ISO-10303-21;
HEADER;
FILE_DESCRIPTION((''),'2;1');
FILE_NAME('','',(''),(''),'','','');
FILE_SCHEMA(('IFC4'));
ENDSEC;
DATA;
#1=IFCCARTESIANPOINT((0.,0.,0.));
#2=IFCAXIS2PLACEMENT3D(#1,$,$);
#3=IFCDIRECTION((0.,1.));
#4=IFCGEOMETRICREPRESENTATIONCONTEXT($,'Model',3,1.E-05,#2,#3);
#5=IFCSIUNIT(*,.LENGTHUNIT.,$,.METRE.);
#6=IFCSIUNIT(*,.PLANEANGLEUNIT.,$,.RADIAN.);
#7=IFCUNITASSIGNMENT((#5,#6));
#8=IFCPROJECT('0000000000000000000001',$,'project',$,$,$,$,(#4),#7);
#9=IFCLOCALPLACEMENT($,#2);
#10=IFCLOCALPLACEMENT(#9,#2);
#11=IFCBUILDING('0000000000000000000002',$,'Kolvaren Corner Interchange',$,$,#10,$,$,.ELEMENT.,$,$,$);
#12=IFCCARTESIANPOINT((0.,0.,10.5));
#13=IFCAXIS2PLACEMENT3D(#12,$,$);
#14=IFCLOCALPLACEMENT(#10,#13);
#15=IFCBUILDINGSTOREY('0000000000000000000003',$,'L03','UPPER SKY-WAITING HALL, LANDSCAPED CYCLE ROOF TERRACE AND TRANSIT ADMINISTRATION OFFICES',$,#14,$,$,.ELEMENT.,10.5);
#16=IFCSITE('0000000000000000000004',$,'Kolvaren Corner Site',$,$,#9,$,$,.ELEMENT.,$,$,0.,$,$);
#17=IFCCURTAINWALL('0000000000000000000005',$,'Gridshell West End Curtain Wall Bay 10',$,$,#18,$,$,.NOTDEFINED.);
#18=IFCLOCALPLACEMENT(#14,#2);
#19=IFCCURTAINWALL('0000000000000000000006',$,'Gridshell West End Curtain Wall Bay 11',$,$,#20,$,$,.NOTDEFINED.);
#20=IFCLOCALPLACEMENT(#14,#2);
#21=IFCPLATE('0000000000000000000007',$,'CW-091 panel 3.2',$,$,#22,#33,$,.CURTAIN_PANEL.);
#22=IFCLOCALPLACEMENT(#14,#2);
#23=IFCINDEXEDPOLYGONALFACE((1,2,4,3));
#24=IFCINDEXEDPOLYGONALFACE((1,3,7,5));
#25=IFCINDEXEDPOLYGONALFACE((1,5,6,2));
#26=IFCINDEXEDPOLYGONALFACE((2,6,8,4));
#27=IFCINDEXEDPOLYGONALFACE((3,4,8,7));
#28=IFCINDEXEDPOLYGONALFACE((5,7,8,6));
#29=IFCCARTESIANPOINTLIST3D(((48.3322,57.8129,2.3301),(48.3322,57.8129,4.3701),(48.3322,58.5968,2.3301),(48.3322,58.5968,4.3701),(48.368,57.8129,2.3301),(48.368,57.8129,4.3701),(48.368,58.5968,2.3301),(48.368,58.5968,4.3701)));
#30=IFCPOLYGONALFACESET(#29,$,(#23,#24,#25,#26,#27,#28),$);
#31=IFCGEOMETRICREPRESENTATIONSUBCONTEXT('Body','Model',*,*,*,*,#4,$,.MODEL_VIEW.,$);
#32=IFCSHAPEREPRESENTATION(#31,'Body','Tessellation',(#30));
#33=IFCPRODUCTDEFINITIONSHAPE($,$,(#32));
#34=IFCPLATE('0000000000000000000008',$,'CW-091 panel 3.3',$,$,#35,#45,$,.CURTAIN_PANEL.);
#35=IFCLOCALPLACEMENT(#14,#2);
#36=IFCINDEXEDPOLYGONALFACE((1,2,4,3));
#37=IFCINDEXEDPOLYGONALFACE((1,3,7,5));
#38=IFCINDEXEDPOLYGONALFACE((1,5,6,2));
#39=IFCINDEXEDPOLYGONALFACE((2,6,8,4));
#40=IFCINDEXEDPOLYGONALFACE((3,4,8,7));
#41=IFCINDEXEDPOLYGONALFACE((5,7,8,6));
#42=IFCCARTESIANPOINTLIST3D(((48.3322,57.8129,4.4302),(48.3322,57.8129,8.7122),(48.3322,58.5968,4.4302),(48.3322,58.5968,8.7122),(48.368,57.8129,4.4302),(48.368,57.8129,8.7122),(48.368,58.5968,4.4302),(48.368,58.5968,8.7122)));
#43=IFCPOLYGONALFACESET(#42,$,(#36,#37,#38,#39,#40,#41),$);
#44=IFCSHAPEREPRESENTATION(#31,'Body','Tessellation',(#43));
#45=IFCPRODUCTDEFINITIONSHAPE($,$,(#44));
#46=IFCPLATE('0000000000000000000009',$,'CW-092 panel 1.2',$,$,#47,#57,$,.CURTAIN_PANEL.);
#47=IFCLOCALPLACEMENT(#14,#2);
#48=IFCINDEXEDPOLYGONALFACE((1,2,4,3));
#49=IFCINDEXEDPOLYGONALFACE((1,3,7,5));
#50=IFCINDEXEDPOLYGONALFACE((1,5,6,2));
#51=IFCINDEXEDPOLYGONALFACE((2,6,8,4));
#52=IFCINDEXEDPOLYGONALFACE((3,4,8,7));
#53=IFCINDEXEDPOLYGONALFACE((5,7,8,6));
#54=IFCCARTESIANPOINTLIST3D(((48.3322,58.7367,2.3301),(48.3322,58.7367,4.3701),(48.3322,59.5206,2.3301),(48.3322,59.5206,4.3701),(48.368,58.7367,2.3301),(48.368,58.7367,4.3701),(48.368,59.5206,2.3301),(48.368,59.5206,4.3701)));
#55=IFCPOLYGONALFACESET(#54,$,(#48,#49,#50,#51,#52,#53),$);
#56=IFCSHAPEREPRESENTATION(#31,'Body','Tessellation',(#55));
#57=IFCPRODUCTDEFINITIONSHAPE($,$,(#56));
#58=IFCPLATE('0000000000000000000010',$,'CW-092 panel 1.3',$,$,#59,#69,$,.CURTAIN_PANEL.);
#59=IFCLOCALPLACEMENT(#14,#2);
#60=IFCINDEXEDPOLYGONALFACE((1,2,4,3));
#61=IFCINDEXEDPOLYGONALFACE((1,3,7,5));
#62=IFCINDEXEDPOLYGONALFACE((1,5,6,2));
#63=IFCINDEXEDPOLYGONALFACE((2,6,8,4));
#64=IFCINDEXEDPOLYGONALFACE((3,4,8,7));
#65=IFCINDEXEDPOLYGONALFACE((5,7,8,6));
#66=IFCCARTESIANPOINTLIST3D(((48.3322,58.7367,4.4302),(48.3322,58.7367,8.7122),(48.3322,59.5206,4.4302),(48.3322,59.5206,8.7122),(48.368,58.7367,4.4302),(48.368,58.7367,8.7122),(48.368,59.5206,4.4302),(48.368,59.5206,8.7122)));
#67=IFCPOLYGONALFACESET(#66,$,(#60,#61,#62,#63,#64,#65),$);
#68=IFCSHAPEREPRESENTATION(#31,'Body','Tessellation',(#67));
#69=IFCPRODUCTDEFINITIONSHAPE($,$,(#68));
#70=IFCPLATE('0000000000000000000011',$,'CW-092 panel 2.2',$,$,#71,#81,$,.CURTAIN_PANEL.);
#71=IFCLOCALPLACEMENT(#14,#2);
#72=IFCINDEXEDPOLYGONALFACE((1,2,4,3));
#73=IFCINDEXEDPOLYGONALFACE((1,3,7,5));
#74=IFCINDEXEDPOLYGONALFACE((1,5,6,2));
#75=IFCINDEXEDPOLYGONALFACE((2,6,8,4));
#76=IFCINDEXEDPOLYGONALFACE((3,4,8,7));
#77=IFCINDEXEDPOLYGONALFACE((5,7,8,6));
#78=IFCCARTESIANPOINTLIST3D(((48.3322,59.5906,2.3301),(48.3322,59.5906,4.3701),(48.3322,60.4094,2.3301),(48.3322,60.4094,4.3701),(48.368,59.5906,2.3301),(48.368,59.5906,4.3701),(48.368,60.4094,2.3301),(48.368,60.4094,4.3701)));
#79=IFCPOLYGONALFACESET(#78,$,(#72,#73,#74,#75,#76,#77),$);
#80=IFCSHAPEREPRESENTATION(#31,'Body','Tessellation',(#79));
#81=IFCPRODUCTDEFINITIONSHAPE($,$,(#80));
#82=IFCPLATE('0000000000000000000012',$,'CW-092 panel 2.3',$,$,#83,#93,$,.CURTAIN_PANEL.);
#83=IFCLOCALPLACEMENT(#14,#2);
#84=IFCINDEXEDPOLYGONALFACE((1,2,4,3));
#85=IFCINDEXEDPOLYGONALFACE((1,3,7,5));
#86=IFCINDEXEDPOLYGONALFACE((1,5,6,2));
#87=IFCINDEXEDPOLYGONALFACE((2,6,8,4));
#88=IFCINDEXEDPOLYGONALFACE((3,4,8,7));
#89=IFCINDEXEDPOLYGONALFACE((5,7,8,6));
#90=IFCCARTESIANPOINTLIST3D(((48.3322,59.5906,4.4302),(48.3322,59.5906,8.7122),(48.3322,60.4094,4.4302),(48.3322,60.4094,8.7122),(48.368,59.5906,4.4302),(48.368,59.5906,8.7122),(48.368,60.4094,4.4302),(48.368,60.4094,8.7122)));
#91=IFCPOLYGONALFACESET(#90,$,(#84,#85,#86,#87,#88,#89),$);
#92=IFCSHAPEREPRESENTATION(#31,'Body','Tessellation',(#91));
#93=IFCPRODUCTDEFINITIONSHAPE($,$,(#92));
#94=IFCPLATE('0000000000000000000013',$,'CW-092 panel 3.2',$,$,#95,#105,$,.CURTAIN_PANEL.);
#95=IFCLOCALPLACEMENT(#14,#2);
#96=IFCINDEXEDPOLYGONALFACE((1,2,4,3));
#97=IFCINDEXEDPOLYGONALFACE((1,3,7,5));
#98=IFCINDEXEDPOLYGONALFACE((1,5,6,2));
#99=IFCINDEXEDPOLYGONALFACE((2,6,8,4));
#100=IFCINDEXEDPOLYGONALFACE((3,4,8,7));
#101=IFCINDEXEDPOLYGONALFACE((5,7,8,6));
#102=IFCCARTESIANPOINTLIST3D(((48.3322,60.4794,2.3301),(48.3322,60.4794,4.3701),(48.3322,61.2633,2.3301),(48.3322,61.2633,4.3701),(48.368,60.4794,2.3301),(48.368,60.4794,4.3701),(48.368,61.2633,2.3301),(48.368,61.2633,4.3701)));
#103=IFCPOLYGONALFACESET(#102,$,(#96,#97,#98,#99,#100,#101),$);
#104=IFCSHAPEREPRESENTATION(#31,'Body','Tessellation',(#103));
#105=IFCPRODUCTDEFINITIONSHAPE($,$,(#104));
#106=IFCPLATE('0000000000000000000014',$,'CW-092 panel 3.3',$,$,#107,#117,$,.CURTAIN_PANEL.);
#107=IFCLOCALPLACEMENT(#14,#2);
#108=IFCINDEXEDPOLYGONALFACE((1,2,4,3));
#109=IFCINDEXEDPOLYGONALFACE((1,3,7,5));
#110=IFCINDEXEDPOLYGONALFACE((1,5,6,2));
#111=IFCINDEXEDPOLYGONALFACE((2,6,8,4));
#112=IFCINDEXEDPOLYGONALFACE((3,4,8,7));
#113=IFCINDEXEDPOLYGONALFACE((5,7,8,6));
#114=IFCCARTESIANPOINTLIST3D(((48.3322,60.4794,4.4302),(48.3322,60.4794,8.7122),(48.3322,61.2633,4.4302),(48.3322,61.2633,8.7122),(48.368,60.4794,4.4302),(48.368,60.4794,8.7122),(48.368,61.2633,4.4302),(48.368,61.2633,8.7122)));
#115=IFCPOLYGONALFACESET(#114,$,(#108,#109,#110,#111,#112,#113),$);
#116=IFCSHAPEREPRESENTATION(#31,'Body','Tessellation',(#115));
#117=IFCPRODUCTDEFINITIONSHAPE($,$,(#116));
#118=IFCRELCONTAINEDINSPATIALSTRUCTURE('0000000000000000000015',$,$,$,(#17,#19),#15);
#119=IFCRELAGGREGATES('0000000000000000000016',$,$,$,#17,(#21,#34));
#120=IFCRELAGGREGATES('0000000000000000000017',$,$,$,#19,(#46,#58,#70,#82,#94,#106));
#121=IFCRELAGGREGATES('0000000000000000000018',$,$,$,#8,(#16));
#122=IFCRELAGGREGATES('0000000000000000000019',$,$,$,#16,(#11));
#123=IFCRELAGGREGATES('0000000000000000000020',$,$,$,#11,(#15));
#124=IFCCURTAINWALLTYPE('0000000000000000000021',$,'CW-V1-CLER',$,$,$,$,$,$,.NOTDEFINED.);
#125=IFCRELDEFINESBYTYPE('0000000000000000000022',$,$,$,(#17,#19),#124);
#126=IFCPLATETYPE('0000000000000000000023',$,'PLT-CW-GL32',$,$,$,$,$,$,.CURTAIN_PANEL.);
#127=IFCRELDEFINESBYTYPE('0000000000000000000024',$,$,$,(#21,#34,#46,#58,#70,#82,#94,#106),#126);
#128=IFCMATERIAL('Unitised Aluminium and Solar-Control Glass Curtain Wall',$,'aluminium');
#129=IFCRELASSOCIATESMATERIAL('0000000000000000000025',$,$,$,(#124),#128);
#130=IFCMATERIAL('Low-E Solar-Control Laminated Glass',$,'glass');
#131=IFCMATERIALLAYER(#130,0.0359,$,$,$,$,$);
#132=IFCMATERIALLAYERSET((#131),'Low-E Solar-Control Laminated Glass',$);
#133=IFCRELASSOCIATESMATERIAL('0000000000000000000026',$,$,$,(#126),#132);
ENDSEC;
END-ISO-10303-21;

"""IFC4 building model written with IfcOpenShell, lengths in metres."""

from ifc_helpers import new_model, si_unit, direction, frame, origin, origin_2d, place, context, subcontext, project, spatial, rectangle, extrude, material, layer, layer_set, type_object, element, aggregate, save


model = new_model("IFC4")

# Units and contexts
model_context = context("Model", 3, precision=1e-05, world=origin(), true_north=direction((0.0, 1.0)))
body_context = subcontext(model_context, "Body", "Model", "MODEL_VIEW")
ifc_project = project(units=[si_unit("LENGTHUNIT", "METRE"), si_unit("PLANEANGLEUNIT", "RADIAN")], contexts=[model_context])

# Site, building, storey
site_placement = place(None, origin())
site = spatial("IfcSite", under=ifc_project, at=site_placement, Name="Kolvaren Corner Site", CompositionType="ELEMENT", RefElevation=0.0)
building_placement = place(site_placement, origin())
building = spatial("IfcBuilding", under=site, at=building_placement, Name="Kolvaren Corner Interchange", CompositionType="ELEMENT")
storey_placement = place(building_placement, frame((0.0, 0.0, 10.5)))
storey = spatial("IfcBuildingStorey", under=building, at=storey_placement, Name="L03", Description="UPPER SKY-WAITING HALL, LANDSCAPED CYCLE ROOF TERRACE AND TRANSIT ADMINISTRATION OFFICES", CompositionType="ELEMENT", Elevation=10.5)

# Curtain walls
ifc_material_1 = material(Name="Unitised Aluminium and Solar-Control Glass Curtain Wall", Category="aluminium")
curtain_wall_type = type_object("IfcCurtainWallType", Name="CW-V1-CLER", PredefinedType="NOTDEFINED", material=ifc_material_1)
curtain_wall_1_placement = place(storey_placement, origin())
curtain_wall_1 = element("IfcCurtainWall", 1, at=curtain_wall_1_placement, inside=storey, type_object=curtain_wall_type, Name="Gridshell West End Curtain Wall Bay 10", PredefinedType="NOTDEFINED")
curtain_wall_2_placement = place(storey_placement, origin())
curtain_wall_2 = element("IfcCurtainWall", 2, at=curtain_wall_2_placement, inside=storey, type_object=curtain_wall_type, Name="Gridshell West End Curtain Wall Bay 11", PredefinedType="NOTDEFINED")

# Plates
ifc_material_2 = material(Name="Low-E Solar-Control Laminated Glass", Category="glass")
ifc_layer = layer(ifc_material_2, 0.0359)
ifc_layer_set = layer_set([ifc_layer], Name="Low-E Solar-Control Laminated Glass")
plate_type = type_object("IfcPlateType", Name="PLT-CW-GL32", PredefinedType="CURTAIN_PANEL", material=ifc_layer_set)
plate_1_placement = place(storey_placement, frame((48.3501, 58.2048, 2.3301), z_axis=(0.0, 0.0, 1.0), x_axis=(0.0, 1.0, 0.0)))
plate_1 = element("IfcPlate", 3, at=plate_1_placement, type_object=plate_type, Name="CW-091 panel 3.2", PredefinedType="CURTAIN_PANEL", context=body_context, shape_type="SweptSolid", body=[
    extrude(rectangle(XDim=0.7839, YDim=0.0359, at=origin_2d()), origin(), (0.0, 0.0, 1.0), 2.04),
])
plate_2_placement = place(storey_placement, frame((48.3501, 58.2048, 4.4302), z_axis=(0.0, 0.0, 1.0), x_axis=(0.0, 1.0, 0.0)))
plate_2 = element("IfcPlate", 4, at=plate_2_placement, type_object=plate_type, Name="CW-091 panel 3.3", PredefinedType="CURTAIN_PANEL", context=body_context, shape_type="SweptSolid", body=[
    extrude(rectangle(XDim=0.7839, YDim=0.0359, at=origin_2d()), origin(), (0.0, 0.0, 1.0), 4.282),
])
aggregate(curtain_wall_1, [plate_1, plate_2])
plate_3_placement = place(storey_placement, frame((48.3501, 59.1287, 2.3301), z_axis=(0.0, 0.0, 1.0), x_axis=(0.0, 1.0, 0.0)))
plate_3 = element("IfcPlate", 5, at=plate_3_placement, type_object=plate_type, Name="CW-092 panel 1.2", PredefinedType="CURTAIN_PANEL", context=body_context, shape_type="SweptSolid", body=[
    extrude(rectangle(XDim=0.7839, YDim=0.0359, at=origin_2d()), origin(), (0.0, 0.0, 1.0), 2.04),
])
plate_4_placement = place(storey_placement, frame((48.3501, 59.1287, 4.4302), z_axis=(0.0, 0.0, 1.0), x_axis=(0.0, 1.0, 0.0)))
plate_4 = element("IfcPlate", 6, at=plate_4_placement, type_object=plate_type, Name="CW-092 panel 1.3", PredefinedType="CURTAIN_PANEL", context=body_context, shape_type="SweptSolid", body=[
    extrude(rectangle(XDim=0.7839, YDim=0.0359, at=origin_2d()), origin(), (0.0, 0.0, 1.0), 4.282),
])
plate_5_placement = place(storey_placement, frame((48.3501, 60.0, 2.3301), z_axis=(0.0, 0.0, 1.0), x_axis=(0.0, 1.0, 0.0)))
plate_5 = element("IfcPlate", 7, at=plate_5_placement, type_object=plate_type, Name="CW-092 panel 2.2", PredefinedType="CURTAIN_PANEL", context=body_context, shape_type="SweptSolid", body=[
    extrude(rectangle(XDim=0.8188, YDim=0.0359, at=origin_2d()), origin(), (0.0, 0.0, 1.0), 2.04),
])
plate_6_placement = place(storey_placement, frame((48.3501, 60.0, 4.4302), z_axis=(0.0, 0.0, 1.0), x_axis=(0.0, 1.0, 0.0)))
plate_6 = element("IfcPlate", 8, at=plate_6_placement, type_object=plate_type, Name="CW-092 panel 2.3", PredefinedType="CURTAIN_PANEL", context=body_context, shape_type="SweptSolid", body=[
    extrude(rectangle(XDim=0.8188, YDim=0.0359, at=origin_2d()), origin(), (0.0, 0.0, 1.0), 4.282),
])
plate_7_placement = place(storey_placement, frame((48.3501, 60.8713, 2.3301), z_axis=(0.0, 0.0, 1.0), x_axis=(0.0, 1.0, 0.0)))
plate_7 = element("IfcPlate", 9, at=plate_7_placement, type_object=plate_type, Name="CW-092 panel 3.2", PredefinedType="CURTAIN_PANEL", context=body_context, shape_type="SweptSolid", body=[
    extrude(rectangle(XDim=0.7839, YDim=0.0359, at=origin_2d()), origin(), (0.0, 0.0, 1.0), 2.04),
])
plate_8_placement = place(storey_placement, frame((48.3501, 60.8713, 4.4302), z_axis=(0.0, 0.0, 1.0), x_axis=(0.0, 1.0, 0.0)))
plate_8 = element("IfcPlate", 10, at=plate_8_placement, type_object=plate_type, Name="CW-092 panel 3.3", PredefinedType="CURTAIN_PANEL", context=body_context, shape_type="SweptSolid", body=[
    extrude(rectangle(XDim=0.7839, YDim=0.0359, at=origin_2d()), origin(), (0.0, 0.0, 1.0), 4.282),
])
aggregate(curtain_wall_2, [plate_3, plate_4, plate_5, plate_6, plate_7, plate_8])

save(model, "model.ifc")
